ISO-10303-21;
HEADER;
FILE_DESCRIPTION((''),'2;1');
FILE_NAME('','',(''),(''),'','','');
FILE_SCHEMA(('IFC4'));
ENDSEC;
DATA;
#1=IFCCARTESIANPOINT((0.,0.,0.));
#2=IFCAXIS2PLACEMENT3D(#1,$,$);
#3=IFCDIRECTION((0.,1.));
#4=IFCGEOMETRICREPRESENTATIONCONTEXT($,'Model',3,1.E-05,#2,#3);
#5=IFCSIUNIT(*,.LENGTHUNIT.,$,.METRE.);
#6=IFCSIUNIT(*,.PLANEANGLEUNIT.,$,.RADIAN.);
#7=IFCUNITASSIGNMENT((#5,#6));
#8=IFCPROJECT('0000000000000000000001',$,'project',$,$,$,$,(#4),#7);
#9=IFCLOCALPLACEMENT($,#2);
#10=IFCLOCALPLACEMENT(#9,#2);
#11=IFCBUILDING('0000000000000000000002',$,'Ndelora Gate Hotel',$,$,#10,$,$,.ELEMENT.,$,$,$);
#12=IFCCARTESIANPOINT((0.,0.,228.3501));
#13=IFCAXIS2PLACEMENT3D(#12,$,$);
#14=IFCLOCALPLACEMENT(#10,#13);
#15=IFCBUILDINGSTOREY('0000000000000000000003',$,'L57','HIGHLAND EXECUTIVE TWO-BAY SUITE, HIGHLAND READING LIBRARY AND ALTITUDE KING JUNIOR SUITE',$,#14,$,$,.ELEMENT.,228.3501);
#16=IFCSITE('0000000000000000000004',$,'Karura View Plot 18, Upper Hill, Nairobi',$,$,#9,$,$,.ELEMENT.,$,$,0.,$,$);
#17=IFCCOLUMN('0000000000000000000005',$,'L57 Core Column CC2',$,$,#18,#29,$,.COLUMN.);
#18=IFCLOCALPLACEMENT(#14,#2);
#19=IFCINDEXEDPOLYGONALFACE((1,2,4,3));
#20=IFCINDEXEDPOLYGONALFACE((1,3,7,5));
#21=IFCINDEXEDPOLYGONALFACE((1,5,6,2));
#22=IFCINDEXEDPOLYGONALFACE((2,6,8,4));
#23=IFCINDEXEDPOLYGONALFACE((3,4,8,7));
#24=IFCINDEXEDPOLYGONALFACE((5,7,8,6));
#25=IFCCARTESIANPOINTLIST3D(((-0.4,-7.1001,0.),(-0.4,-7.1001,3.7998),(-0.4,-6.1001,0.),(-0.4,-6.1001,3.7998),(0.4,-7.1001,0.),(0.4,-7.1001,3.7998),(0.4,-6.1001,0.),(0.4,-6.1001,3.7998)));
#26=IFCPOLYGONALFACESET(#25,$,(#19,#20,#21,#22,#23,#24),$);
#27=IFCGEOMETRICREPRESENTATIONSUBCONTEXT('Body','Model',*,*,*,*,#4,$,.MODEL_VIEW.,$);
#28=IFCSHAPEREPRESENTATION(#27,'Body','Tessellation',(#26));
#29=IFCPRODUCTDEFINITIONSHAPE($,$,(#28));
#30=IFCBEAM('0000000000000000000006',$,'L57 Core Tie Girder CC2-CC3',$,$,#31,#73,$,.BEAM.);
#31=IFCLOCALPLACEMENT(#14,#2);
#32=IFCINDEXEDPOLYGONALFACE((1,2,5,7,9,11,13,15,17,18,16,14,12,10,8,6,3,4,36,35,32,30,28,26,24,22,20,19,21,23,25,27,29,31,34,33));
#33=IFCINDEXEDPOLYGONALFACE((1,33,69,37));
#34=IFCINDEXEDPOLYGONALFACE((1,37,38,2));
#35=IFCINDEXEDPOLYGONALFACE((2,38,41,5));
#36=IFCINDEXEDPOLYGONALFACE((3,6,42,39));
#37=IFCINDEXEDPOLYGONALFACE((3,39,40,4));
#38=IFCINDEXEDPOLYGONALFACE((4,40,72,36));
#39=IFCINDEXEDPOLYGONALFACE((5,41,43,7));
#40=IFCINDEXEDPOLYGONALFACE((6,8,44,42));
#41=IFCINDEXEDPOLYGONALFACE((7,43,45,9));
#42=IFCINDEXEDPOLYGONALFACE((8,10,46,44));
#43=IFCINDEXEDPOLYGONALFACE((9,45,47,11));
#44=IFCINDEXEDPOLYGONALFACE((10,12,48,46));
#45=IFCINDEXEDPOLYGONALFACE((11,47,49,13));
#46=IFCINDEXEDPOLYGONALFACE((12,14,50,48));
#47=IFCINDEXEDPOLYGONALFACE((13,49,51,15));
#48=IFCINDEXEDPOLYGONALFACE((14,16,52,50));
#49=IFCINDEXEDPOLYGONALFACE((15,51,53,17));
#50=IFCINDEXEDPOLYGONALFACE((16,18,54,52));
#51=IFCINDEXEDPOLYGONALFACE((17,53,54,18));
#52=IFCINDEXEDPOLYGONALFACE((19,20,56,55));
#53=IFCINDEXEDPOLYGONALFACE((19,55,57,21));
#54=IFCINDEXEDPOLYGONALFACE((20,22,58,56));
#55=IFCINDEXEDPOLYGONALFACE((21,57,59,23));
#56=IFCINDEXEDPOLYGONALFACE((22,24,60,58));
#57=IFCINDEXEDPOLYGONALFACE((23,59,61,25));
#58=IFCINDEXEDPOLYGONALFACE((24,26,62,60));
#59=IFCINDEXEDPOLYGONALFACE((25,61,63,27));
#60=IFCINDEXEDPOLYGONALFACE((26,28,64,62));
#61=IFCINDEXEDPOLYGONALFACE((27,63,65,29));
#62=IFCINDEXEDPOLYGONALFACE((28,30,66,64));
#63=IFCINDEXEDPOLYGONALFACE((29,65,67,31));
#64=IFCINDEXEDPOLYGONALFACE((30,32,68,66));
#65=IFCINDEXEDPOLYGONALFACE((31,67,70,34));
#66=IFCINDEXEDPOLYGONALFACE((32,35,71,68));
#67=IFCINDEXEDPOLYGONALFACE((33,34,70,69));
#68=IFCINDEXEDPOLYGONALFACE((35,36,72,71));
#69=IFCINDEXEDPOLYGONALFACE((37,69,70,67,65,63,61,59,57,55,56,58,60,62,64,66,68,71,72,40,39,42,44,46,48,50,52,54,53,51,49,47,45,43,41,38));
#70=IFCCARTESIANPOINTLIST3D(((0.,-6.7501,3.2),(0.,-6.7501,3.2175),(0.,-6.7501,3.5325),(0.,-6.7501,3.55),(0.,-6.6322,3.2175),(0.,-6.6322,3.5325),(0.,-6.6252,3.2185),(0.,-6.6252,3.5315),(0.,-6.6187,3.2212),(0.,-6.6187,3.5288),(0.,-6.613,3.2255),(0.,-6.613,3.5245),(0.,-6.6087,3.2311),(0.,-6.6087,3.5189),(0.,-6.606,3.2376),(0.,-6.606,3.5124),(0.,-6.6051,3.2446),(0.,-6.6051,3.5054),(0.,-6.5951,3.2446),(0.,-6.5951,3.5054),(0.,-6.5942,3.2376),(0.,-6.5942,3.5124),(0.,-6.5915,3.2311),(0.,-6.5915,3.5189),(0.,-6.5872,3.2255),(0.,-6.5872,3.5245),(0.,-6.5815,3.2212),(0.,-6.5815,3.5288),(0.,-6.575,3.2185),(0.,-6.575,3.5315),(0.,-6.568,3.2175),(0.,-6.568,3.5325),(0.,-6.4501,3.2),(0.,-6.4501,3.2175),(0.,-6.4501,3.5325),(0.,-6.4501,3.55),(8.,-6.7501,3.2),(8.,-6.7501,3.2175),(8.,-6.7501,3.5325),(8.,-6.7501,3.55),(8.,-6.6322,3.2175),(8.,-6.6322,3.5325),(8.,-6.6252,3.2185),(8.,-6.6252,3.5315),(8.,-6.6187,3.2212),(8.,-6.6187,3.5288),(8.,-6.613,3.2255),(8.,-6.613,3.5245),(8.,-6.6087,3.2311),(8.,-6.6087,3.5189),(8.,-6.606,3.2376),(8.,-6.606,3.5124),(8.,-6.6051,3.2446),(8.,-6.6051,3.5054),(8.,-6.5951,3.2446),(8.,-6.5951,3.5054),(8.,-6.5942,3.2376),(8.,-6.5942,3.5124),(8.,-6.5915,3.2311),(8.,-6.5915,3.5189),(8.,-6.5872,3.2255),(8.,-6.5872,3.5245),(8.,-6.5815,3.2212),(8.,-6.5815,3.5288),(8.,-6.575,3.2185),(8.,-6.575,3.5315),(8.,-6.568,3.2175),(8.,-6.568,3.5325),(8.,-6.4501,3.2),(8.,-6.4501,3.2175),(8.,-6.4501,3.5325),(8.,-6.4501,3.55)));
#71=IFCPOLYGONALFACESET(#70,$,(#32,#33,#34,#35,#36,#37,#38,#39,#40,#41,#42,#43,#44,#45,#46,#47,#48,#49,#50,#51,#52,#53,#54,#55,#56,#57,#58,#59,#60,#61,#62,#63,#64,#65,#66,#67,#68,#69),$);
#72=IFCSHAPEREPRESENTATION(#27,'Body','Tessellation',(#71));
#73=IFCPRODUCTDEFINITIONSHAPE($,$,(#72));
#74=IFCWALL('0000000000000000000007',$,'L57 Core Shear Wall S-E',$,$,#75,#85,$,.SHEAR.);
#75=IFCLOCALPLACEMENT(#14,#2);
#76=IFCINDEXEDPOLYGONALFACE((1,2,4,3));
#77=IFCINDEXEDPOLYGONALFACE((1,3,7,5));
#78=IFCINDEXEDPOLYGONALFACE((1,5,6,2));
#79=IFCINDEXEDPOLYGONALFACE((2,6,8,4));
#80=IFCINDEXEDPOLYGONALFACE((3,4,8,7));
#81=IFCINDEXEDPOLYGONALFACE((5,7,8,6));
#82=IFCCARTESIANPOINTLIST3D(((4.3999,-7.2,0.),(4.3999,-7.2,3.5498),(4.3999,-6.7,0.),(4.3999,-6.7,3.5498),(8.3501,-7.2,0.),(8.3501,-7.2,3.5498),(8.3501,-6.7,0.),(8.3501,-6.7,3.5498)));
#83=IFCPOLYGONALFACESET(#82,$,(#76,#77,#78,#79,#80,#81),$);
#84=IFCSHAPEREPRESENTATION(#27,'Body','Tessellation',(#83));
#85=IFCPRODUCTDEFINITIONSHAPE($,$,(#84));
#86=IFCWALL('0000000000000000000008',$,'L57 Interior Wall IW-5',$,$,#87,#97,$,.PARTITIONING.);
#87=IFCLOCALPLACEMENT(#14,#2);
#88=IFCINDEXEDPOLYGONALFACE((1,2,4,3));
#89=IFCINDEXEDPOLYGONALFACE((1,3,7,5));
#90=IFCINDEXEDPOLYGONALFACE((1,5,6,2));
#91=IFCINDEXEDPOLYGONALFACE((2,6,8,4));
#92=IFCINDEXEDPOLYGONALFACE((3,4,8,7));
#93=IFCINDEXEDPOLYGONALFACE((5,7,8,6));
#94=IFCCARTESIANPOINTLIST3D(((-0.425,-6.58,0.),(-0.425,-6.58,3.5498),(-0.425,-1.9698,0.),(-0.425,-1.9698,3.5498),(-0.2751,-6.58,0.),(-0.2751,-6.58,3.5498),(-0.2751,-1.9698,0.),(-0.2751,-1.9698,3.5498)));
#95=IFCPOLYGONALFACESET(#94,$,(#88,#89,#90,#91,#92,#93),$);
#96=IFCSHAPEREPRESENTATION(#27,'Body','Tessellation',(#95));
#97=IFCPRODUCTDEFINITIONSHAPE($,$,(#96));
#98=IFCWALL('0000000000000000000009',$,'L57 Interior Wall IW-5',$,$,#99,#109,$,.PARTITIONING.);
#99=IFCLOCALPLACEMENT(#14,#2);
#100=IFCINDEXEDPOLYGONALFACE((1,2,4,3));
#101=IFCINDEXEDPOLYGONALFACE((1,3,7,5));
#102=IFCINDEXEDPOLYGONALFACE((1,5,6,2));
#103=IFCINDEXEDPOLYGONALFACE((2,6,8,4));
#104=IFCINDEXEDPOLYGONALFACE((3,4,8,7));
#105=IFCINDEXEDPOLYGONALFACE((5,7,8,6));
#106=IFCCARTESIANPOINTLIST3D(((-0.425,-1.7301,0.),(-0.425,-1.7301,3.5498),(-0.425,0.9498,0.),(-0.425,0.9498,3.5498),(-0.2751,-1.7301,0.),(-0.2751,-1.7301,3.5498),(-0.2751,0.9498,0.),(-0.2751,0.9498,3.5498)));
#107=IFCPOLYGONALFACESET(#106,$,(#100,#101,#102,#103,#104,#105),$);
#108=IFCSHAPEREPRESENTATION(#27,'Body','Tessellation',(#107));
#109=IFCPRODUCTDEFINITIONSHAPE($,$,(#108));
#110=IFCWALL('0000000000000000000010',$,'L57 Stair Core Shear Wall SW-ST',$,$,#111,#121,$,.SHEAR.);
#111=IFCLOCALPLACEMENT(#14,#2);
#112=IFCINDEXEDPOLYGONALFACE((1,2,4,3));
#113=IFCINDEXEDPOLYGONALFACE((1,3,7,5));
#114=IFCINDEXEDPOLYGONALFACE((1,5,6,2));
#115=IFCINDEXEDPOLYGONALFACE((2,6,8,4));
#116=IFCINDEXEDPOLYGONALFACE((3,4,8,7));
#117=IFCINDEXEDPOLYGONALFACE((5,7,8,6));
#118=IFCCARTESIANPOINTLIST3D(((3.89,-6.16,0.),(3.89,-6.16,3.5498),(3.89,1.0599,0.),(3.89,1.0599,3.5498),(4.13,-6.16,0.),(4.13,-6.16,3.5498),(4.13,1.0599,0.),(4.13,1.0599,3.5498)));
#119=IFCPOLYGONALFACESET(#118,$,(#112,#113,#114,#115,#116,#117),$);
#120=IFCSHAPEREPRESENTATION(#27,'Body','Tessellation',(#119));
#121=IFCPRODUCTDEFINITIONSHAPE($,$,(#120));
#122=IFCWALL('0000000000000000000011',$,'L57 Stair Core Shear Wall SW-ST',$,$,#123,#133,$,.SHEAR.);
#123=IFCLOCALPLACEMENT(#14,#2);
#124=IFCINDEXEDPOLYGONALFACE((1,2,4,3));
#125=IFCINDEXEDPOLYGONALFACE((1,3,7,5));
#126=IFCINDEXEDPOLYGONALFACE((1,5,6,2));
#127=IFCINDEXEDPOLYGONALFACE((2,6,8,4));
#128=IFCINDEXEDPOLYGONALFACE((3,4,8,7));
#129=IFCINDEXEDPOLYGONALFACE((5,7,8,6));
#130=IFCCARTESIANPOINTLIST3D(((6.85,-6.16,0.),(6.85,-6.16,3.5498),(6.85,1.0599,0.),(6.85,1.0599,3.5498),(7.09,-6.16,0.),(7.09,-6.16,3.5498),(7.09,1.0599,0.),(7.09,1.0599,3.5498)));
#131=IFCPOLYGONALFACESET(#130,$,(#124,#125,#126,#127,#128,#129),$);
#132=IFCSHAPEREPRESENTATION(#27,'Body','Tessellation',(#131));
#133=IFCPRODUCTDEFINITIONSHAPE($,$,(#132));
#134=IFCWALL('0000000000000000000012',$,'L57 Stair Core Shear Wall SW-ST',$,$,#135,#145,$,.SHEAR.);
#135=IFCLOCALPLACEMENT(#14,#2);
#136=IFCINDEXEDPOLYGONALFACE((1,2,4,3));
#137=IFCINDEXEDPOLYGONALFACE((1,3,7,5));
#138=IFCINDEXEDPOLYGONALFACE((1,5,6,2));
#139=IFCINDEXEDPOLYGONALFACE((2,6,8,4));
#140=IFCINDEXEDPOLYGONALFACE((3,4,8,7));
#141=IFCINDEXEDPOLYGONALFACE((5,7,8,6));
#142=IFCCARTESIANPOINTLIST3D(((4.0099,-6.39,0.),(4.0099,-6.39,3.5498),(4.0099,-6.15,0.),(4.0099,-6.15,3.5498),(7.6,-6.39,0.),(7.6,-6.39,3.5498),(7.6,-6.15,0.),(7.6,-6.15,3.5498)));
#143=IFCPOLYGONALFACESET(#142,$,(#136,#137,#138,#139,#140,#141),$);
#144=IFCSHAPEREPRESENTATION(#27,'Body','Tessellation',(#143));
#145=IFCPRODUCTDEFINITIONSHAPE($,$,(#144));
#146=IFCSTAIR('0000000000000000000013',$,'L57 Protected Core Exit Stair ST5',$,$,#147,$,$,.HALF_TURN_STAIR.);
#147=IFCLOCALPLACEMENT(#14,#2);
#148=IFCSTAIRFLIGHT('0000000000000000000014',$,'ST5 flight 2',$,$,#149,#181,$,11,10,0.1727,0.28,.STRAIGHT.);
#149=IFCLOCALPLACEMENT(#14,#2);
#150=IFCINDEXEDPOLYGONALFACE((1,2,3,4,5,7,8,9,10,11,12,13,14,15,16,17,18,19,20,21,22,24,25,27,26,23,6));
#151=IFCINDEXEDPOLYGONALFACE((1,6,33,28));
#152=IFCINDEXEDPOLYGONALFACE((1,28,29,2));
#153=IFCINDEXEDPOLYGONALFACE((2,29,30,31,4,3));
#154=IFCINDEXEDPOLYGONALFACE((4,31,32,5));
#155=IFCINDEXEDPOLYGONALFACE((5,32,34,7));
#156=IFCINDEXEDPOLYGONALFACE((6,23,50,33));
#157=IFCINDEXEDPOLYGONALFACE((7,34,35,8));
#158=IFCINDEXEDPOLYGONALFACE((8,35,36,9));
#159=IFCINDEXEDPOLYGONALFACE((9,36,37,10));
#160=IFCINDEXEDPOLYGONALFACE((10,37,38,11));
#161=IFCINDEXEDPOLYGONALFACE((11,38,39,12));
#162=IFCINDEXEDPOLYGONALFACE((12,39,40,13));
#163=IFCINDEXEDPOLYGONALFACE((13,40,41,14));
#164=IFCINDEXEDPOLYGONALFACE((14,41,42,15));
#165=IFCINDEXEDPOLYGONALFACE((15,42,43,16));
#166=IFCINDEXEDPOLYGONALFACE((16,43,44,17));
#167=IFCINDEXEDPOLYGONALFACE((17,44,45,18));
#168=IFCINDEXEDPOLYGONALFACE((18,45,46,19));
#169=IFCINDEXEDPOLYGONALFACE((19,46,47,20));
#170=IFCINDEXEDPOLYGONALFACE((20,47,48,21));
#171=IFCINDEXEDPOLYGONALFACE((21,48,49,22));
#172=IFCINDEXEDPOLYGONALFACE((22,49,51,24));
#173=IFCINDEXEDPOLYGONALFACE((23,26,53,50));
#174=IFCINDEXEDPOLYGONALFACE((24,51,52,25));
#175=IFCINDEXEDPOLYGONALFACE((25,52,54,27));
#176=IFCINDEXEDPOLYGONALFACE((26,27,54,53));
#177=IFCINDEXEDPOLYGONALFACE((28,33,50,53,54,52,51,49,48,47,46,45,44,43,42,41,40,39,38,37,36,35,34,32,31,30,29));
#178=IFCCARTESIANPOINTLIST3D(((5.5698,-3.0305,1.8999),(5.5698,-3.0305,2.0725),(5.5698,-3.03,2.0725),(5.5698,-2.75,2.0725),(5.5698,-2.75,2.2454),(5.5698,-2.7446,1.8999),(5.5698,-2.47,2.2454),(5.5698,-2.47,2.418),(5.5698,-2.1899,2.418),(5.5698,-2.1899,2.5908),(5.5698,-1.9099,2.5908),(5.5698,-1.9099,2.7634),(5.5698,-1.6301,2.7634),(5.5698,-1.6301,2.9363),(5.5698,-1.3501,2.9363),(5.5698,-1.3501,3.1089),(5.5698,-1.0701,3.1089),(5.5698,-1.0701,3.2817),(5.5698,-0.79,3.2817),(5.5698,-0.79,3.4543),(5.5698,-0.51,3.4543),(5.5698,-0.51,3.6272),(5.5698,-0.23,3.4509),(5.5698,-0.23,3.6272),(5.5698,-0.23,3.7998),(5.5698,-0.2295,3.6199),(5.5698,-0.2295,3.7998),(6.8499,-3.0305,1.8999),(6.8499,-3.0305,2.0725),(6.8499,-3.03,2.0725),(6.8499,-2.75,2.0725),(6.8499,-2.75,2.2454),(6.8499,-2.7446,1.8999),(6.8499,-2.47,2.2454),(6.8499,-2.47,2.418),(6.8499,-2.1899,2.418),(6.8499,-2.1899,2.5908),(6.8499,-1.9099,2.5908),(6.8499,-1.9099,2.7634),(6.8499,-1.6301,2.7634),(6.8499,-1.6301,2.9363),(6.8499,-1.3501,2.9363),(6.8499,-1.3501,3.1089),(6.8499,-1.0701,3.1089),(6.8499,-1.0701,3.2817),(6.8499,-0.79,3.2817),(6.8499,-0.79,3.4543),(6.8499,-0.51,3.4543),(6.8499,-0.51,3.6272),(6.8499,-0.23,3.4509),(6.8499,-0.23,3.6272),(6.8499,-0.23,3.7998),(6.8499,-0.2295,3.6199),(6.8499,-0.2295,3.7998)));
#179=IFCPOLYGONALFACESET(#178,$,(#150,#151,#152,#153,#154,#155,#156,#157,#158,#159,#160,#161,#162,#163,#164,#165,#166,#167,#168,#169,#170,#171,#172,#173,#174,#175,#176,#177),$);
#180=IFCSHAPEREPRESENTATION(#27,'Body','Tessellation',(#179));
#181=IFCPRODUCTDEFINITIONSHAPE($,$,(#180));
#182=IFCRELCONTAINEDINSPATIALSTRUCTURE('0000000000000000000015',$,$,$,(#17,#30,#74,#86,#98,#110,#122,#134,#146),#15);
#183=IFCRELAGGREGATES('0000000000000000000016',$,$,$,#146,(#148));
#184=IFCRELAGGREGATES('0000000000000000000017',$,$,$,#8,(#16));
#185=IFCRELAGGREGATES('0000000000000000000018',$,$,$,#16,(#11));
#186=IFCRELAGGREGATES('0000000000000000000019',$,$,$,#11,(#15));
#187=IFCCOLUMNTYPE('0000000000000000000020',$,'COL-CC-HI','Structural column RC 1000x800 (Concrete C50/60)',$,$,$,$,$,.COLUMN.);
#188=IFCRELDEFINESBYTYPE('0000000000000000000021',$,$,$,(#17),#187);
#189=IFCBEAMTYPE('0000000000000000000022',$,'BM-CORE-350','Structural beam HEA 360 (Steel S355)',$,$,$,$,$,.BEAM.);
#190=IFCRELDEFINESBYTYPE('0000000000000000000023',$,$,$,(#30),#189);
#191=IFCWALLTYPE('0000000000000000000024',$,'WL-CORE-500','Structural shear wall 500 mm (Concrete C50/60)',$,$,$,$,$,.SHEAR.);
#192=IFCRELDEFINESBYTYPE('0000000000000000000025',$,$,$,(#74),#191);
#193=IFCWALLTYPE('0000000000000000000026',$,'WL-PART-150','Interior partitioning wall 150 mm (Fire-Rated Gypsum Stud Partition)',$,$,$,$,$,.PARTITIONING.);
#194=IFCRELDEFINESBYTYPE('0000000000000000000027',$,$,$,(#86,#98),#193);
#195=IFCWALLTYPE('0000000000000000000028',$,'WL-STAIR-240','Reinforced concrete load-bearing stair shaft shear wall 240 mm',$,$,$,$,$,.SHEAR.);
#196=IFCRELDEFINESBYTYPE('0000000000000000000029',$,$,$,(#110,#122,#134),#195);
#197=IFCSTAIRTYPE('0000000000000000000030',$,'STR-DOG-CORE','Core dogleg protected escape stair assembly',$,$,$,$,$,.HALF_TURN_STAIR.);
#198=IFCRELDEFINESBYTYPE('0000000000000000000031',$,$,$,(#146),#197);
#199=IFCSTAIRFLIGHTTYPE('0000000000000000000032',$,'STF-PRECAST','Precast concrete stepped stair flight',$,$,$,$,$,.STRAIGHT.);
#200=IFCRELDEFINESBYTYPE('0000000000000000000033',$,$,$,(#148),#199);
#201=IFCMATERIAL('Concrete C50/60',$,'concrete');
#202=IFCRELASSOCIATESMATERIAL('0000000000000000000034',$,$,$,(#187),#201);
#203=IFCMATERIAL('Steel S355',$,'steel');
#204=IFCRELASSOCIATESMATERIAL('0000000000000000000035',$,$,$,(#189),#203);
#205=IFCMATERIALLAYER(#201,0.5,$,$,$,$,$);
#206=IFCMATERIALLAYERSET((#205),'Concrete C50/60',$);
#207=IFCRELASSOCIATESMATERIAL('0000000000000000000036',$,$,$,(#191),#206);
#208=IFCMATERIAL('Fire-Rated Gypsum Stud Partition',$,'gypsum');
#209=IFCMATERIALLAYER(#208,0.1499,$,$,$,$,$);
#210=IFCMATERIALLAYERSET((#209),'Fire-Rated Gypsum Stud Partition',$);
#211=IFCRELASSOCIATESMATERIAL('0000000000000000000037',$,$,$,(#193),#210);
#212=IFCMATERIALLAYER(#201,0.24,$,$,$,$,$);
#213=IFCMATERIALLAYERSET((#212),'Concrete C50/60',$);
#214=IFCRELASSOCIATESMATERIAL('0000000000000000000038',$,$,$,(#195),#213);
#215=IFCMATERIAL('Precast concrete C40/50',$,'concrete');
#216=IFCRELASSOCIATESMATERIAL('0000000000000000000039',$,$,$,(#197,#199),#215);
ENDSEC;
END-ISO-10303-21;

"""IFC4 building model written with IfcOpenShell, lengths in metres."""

from ifc_helpers import new_model, si_unit, direction, frame, frame_2d, origin, origin_2d, place, context, subcontext, project, spatial, polyline, rectangle, i_section, outline, extrude, material, layer, layer_set, material_profile, profile_set, type_object, element, aggregate, save


model = new_model("IFC4")

# Units and contexts
model_context = context("Model", 3, precision=1e-05, world=origin(), true_north=direction((0.0, 1.0)))
body_context = subcontext(model_context, "Body", "Model", "MODEL_VIEW")
ifc_project = project(units=[si_unit("LENGTHUNIT", "METRE"), si_unit("PLANEANGLEUNIT", "RADIAN")], contexts=[model_context])

# Site, building, storey
site_placement = place(None, origin())
site = spatial("IfcSite", under=ifc_project, at=site_placement, Name="Karura View Plot 18, Upper Hill, Nairobi", CompositionType="ELEMENT", RefElevation=0.0)
building_placement = place(site_placement, origin())
building = spatial("IfcBuilding", under=site, at=building_placement, Name="Ndelora Gate Hotel", CompositionType="ELEMENT")
storey_placement = place(building_placement, frame((0.0, 0.0, 228.3501)))
storey = spatial("IfcBuildingStorey", under=building, at=storey_placement, Name="L57", Description="HIGHLAND EXECUTIVE TWO-BAY SUITE, HIGHLAND READING LIBRARY AND ALTITUDE KING JUNIOR SUITE", CompositionType="ELEMENT", Elevation=228.3501)

# Column
ifc_material_1 = material(Name="Concrete C50/60", Category="concrete")
ifc_material_profile_1 = material_profile(ifc_material_1, rectangle(XDim=0.8, YDim=1.0, at=origin_2d()), Name="RC 1000x800")
ifc_profile_set_1 = profile_set([ifc_material_profile_1], Name="Concrete C50/60")
column_type = type_object("IfcColumnType", Name="COL-CC-HI", Description="Structural column RC 1000x800 (Concrete C50/60)", PredefinedType="COLUMN", material=ifc_profile_set_1)
column_placement = place(storey_placement, frame((0.0, -6.6001, 0.0), z_axis=(0.0, 0.0, 1.0), x_axis=(1.0, 0.0, 0.0)))
element("IfcColumn", 1, at=column_placement, inside=storey, type_object=column_type, Name="L57 Core Column CC2", PredefinedType="COLUMN", context=body_context, shape_type="SweptSolid", body=[
    extrude(rectangle(XDim=0.8, YDim=1.0, at=origin_2d()), origin(), (0.0, 0.0, 1.0), 3.7998),
])

# Beam
ifc_material_2 = material(Name="Steel S355", Category="steel")
ifc_material_profile_2 = material_profile(ifc_material_2, i_section(OverallWidth=0.3, OverallDepth=0.3501, WebThickness=0.01, FlangeThickness=0.0176, FilletRadius=0.0271, at=origin_2d()), Name="HEA 360")
ifc_profile_set_2 = profile_set([ifc_material_profile_2], Name="Steel S355")
beam_type = type_object("IfcBeamType", Name="BM-CORE-350", Description="Structural beam HEA 360 (Steel S355)", PredefinedType="BEAM", material=ifc_profile_set_2)
beam_placement = place(storey_placement, frame((0.0, -6.6001, 3.375), z_axis=(1.0, 0.0, 0.0), x_axis=(0.0, 1.0, 0.0)))
element("IfcBeam", 2, at=beam_placement, inside=storey, type_object=beam_type, Name="L57 Core Tie Girder CC2-CC3", PredefinedType="BEAM", context=body_context, shape_type="SweptSolid", body=[
    extrude(i_section(OverallWidth=0.3, OverallDepth=0.3501, WebThickness=0.01, FlangeThickness=0.0176, FilletRadius=0.0271, at=origin_2d()), origin(), (0.0, 0.0, 1.0), 8.0),
])

# Walls
ifc_layer_1 = layer(ifc_material_1, 0.5)
ifc_layer_set_1 = layer_set([ifc_layer_1], Name="Concrete C50/60")
wall_type_1 = type_object("IfcWallType", Name="WL-CORE-500", Description="Structural shear wall 500 mm (Concrete C50/60)", PredefinedType="SHEAR", material=ifc_layer_set_1)
wall_1_placement = place(storey_placement, frame((4.3999, -6.95, 0.0), z_axis=(0.0, 0.0, 1.0), x_axis=(1.0, 0.0, 0.0)))
element("IfcWall", 3, at=wall_1_placement, inside=storey, type_object=wall_type_1, Name="L57 Core Shear Wall S-E", PredefinedType="SHEAR", context=body_context, shape_type="SweptSolid", body=[
    extrude(rectangle(XDim=3.9502, YDim=0.5, at=frame_2d((1.9751, 0.0))), origin(), (0.0, 0.0, 1.0), 3.5498),
])
ifc_material_3 = material(Name="Fire-Rated Gypsum Stud Partition", Category="gypsum")
ifc_layer_2 = layer(ifc_material_3, 0.1499)
ifc_layer_set_2 = layer_set([ifc_layer_2], Name="Fire-Rated Gypsum Stud Partition")
wall_type_2 = type_object("IfcWallType", Name="WL-PART-150", Description="Interior partitioning wall 150 mm (Fire-Rated Gypsum Stud Partition)", PredefinedType="PARTITIONING", material=ifc_layer_set_2)
wall_2_placement = place(storey_placement, frame((-0.3501, -6.5801, 0.0), z_axis=(0.0, 0.0, 1.0), x_axis=(0.0, 1.0, 0.0)))
element("IfcWall", 4, at=wall_2_placement, inside=storey, type_object=wall_type_2, Name="L57 Interior Wall IW-5", PredefinedType="PARTITIONING", context=body_context, shape_type="SweptSolid", body=[
    extrude(rectangle(XDim=4.6101, YDim=0.1499, at=frame_2d((2.3052, 0.0))), origin(), (0.0, 0.0, 1.0), 3.5498),
])
wall_3_placement = place(storey_placement, frame((-0.3501, -1.73, 0.0), z_axis=(0.0, 0.0, 1.0), x_axis=(0.0, 1.0, 0.0)))
element("IfcWall", 5, at=wall_3_placement, inside=storey, type_object=wall_type_2, Name="L57 Interior Wall IW-5", PredefinedType="PARTITIONING", context=body_context, shape_type="SweptSolid", body=[
    extrude(rectangle(XDim=2.6799, YDim=0.1499, at=frame_2d((1.3398, 0.0))), origin(), (0.0, 0.0, 1.0), 3.5498),
])
ifc_layer_3 = layer(ifc_material_1, 0.24)
ifc_layer_set_3 = layer_set([ifc_layer_3], Name="Concrete C50/60")
wall_type_3 = type_object("IfcWallType", Name="WL-STAIR-240", Description="Reinforced concrete load-bearing stair shaft shear wall 240 mm", PredefinedType="SHEAR", material=ifc_layer_set_3)
for number, where, z_axis, x_axis, name in (
    (6, (4.01, -6.1599, 0.0), (0.0, 0.0, 1.0), (0.0, 1.0, 0.0), "L57 Stair Core Shear Wall SW-ST"),
    (7, (6.97, -6.1599, 0.0), (0.0, 0.0, 1.0), (0.0, 1.0, 0.0), "L57 Stair Core Shear Wall SW-ST"),
):
    element("IfcWall", number, at=place(storey_placement, frame(where, z_axis=z_axis, x_axis=x_axis)), inside=storey, type_object=wall_type_3, Name=name, PredefinedType="SHEAR", context=body_context, shape_type="SweptSolid", body=[
        extrude(rectangle(XDim=7.22, YDim=0.24, at=frame_2d((3.6099, 0.0))), origin(), (0.0, 0.0, 1.0), 3.5498),
    ])
wall_4_placement = place(storey_placement, frame((4.01, -6.27, 0.0), z_axis=(0.0, 0.0, 1.0), x_axis=(1.0, 0.0, 0.0)))
element("IfcWall", 8, at=wall_4_placement, inside=storey, type_object=wall_type_3, Name="L57 Stair Core Shear Wall SW-ST", PredefinedType="SHEAR", context=body_context, shape_type="SweptSolid", body=[
    extrude(rectangle(XDim=3.5901, YDim=0.24, at=frame_2d((1.7949, 0.0))), origin(), (0.0, 0.0, 1.0), 3.5498),
])

# Stair, stair flight
ifc_material_4 = material(Name="Precast concrete C40/50", Category="concrete")
stair_type = type_object("IfcStairType", Name="STR-DOG-CORE", Description="Core dogleg protected escape stair assembly", PredefinedType="HALF_TURN_STAIR", material=ifc_material_4)
stair_placement = place(storey_placement, origin())
stair = element("IfcStair", 9, at=stair_placement, inside=storey, type_object=stair_type, Name="L57 Protected Core Exit Stair ST5", PredefinedType="HALF_TURN_STAIR")
stair_flight_type = type_object("IfcStairFlightType", Name="STF-PRECAST", Description="Precast concrete stepped stair flight", PredefinedType="STRAIGHT", material=ifc_material_4)
stair_flight_placement = place(storey_placement, frame((6.21, -3.03, 1.8999), z_axis=(0.0, 0.0, 1.0), x_axis=(0.0, 1.0, 0.0)))
stair_flight = element("IfcStairFlight", 10, at=stair_flight_placement, type_object=stair_flight_type, Name="ST5 flight 2", NumberOfRisers=11, NumberOfTreads=10, PredefinedType="STRAIGHT", RiserHeight=0.1727, TreadLength=0.28, context=body_context, shape_type="SweptSolid", body=[
    extrude(outline(polyline([(-0.0005, 0.0), (-0.0005, 0.1726), (0.0, 0.1726), (0.28, 0.1726), (0.28, 0.3455), (0.5601, 0.3455), (0.5601, 0.5181), (0.8401, 0.5181), (0.8401, 0.6909), (1.1201, 0.6909), (1.1201, 0.8635), (1.3999, 0.8635), (1.3999, 1.0364), (1.6799, 1.0364), (1.6799, 1.209), (1.96, 1.209), (1.96, 1.3818), (2.24, 1.3818), (2.24, 1.5544), (2.52, 1.5544), (2.52, 1.7273), (2.8, 1.7273), (2.8, 1.8999), (2.8005, 1.8999), (2.8005, 1.72), (2.8, 1.551), (0.2854, 0.0), (-0.0005, 0.0)])), frame((0.0, 0.6401, 0.0), z_axis=(0.0, -1.0, 0.0), x_axis=(1.0, 0.0, 0.0)), (0.0, 0.0, 1.0), 1.28),
])
aggregate(stair, [stair_flight])

save(model, "model.ifc")
